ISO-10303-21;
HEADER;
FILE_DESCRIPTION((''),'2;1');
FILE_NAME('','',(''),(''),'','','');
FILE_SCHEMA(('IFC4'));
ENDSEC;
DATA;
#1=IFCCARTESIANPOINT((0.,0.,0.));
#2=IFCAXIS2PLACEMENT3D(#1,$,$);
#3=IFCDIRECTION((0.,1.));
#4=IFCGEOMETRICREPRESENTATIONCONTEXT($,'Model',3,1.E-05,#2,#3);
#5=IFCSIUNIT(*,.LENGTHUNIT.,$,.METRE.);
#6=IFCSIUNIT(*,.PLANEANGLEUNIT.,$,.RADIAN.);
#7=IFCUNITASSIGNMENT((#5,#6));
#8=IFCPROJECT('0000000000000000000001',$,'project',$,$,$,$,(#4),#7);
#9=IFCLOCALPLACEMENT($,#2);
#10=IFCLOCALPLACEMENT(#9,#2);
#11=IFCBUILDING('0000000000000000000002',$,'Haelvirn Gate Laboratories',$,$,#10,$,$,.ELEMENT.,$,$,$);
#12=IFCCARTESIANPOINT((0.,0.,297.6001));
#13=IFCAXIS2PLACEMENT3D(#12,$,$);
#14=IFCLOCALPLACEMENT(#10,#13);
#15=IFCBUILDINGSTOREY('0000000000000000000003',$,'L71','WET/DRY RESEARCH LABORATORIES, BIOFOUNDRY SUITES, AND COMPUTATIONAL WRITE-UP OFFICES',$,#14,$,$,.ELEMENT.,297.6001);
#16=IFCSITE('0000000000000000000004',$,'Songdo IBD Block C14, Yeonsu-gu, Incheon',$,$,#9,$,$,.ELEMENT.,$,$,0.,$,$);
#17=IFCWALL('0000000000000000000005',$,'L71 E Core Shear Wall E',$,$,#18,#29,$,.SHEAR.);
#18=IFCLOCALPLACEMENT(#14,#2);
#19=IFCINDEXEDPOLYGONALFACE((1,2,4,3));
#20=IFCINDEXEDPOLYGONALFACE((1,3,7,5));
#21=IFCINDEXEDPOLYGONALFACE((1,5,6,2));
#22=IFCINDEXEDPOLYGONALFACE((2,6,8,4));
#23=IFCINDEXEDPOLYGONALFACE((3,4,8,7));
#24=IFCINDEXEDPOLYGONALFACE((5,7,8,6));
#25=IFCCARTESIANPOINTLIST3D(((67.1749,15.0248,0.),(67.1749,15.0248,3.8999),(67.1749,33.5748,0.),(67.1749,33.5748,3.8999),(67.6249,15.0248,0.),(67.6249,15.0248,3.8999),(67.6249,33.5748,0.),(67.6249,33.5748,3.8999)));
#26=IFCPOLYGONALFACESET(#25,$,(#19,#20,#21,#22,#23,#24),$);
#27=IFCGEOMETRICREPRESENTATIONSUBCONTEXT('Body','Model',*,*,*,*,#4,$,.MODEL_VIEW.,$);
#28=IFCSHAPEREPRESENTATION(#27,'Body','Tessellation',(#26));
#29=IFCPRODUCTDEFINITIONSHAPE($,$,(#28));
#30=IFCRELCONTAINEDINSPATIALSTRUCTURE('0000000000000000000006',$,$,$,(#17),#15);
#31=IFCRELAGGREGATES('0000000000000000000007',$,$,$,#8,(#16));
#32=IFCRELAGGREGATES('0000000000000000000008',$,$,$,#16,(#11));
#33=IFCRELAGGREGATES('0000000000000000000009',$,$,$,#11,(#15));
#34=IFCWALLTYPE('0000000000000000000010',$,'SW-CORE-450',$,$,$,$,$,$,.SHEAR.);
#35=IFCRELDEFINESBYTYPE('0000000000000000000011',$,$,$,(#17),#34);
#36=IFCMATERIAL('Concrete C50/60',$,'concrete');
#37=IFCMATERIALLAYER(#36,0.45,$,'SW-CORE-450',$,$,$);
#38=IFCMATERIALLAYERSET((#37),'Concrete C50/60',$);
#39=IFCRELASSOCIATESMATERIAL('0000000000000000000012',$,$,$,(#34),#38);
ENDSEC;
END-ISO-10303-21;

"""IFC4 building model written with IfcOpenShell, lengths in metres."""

from ifc_helpers import new_model, si_unit, direction, frame, frame_2d, origin, place, context, subcontext, project, spatial, rectangle, extrude, material, layer, layer_set, type_object, element, save


model = new_model("IFC4")

# Units and contexts
model_context = context("Model", 3, precision=1e-05, world=origin(), true_north=direction((0.0, 1.0)))
body_context = subcontext(model_context, "Body", "Model", "MODEL_VIEW")
ifc_project = project(units=[si_unit("LENGTHUNIT", "METRE"), si_unit("PLANEANGLEUNIT", "RADIAN")], contexts=[model_context])

# Site, building, storey
site_placement = place(None, origin())
site = spatial("IfcSite", under=ifc_project, at=site_placement, Name="Songdo IBD Block C14, Yeonsu-gu, Incheon", CompositionType="ELEMENT", RefElevation=0.0)
building_placement = place(site_placement, origin())
building = spatial("IfcBuilding", under=site, at=building_placement, Name="Haelvirn Gate Laboratories", CompositionType="ELEMENT")
storey_placement = place(building_placement, frame((0.0, 0.0, 297.6001)))
storey = spatial("IfcBuildingStorey", under=building, at=storey_placement, Name="L71", Description="WET/DRY RESEARCH LABORATORIES, BIOFOUNDRY SUITES, AND COMPUTATIONAL WRITE-UP OFFICES", CompositionType="ELEMENT", Elevation=297.6001)

# Shared definitions
ifc_material_1 = material(Name="Concrete C50/60", Category="concrete")

# Shared definitions
ifc_layer_1 = layer(ifc_material_1, 0.45, Name="SW-CORE-450")
ifc_layer_set_1 = layer_set([ifc_layer_1], Name="Concrete C50/60")
wall_type_1 = type_object("IfcWallType", Name="SW-CORE-450", PredefinedType="SHEAR", material=ifc_layer_set_1)

# Wall
wall_1_placement = place(storey_placement, frame((67.3999, 15.0249, 0.0), z_axis=(0.0, 0.0, 1.0), x_axis=(0.0, 1.0, 0.0)))
element("IfcWall", 1, at=wall_1_placement, inside=storey, type_object=wall_type_1, Name="L71 E Core Shear Wall E", PredefinedType="SHEAR", context=body_context, shape_type="SweptSolid", body=[
    extrude(rectangle(XDim=18.55, YDim=0.45, at=frame_2d((9.2749, 0.0))), origin(), (0.0, 0.0, 1.0), 3.8999),
])

save(model, "model.ifc")
